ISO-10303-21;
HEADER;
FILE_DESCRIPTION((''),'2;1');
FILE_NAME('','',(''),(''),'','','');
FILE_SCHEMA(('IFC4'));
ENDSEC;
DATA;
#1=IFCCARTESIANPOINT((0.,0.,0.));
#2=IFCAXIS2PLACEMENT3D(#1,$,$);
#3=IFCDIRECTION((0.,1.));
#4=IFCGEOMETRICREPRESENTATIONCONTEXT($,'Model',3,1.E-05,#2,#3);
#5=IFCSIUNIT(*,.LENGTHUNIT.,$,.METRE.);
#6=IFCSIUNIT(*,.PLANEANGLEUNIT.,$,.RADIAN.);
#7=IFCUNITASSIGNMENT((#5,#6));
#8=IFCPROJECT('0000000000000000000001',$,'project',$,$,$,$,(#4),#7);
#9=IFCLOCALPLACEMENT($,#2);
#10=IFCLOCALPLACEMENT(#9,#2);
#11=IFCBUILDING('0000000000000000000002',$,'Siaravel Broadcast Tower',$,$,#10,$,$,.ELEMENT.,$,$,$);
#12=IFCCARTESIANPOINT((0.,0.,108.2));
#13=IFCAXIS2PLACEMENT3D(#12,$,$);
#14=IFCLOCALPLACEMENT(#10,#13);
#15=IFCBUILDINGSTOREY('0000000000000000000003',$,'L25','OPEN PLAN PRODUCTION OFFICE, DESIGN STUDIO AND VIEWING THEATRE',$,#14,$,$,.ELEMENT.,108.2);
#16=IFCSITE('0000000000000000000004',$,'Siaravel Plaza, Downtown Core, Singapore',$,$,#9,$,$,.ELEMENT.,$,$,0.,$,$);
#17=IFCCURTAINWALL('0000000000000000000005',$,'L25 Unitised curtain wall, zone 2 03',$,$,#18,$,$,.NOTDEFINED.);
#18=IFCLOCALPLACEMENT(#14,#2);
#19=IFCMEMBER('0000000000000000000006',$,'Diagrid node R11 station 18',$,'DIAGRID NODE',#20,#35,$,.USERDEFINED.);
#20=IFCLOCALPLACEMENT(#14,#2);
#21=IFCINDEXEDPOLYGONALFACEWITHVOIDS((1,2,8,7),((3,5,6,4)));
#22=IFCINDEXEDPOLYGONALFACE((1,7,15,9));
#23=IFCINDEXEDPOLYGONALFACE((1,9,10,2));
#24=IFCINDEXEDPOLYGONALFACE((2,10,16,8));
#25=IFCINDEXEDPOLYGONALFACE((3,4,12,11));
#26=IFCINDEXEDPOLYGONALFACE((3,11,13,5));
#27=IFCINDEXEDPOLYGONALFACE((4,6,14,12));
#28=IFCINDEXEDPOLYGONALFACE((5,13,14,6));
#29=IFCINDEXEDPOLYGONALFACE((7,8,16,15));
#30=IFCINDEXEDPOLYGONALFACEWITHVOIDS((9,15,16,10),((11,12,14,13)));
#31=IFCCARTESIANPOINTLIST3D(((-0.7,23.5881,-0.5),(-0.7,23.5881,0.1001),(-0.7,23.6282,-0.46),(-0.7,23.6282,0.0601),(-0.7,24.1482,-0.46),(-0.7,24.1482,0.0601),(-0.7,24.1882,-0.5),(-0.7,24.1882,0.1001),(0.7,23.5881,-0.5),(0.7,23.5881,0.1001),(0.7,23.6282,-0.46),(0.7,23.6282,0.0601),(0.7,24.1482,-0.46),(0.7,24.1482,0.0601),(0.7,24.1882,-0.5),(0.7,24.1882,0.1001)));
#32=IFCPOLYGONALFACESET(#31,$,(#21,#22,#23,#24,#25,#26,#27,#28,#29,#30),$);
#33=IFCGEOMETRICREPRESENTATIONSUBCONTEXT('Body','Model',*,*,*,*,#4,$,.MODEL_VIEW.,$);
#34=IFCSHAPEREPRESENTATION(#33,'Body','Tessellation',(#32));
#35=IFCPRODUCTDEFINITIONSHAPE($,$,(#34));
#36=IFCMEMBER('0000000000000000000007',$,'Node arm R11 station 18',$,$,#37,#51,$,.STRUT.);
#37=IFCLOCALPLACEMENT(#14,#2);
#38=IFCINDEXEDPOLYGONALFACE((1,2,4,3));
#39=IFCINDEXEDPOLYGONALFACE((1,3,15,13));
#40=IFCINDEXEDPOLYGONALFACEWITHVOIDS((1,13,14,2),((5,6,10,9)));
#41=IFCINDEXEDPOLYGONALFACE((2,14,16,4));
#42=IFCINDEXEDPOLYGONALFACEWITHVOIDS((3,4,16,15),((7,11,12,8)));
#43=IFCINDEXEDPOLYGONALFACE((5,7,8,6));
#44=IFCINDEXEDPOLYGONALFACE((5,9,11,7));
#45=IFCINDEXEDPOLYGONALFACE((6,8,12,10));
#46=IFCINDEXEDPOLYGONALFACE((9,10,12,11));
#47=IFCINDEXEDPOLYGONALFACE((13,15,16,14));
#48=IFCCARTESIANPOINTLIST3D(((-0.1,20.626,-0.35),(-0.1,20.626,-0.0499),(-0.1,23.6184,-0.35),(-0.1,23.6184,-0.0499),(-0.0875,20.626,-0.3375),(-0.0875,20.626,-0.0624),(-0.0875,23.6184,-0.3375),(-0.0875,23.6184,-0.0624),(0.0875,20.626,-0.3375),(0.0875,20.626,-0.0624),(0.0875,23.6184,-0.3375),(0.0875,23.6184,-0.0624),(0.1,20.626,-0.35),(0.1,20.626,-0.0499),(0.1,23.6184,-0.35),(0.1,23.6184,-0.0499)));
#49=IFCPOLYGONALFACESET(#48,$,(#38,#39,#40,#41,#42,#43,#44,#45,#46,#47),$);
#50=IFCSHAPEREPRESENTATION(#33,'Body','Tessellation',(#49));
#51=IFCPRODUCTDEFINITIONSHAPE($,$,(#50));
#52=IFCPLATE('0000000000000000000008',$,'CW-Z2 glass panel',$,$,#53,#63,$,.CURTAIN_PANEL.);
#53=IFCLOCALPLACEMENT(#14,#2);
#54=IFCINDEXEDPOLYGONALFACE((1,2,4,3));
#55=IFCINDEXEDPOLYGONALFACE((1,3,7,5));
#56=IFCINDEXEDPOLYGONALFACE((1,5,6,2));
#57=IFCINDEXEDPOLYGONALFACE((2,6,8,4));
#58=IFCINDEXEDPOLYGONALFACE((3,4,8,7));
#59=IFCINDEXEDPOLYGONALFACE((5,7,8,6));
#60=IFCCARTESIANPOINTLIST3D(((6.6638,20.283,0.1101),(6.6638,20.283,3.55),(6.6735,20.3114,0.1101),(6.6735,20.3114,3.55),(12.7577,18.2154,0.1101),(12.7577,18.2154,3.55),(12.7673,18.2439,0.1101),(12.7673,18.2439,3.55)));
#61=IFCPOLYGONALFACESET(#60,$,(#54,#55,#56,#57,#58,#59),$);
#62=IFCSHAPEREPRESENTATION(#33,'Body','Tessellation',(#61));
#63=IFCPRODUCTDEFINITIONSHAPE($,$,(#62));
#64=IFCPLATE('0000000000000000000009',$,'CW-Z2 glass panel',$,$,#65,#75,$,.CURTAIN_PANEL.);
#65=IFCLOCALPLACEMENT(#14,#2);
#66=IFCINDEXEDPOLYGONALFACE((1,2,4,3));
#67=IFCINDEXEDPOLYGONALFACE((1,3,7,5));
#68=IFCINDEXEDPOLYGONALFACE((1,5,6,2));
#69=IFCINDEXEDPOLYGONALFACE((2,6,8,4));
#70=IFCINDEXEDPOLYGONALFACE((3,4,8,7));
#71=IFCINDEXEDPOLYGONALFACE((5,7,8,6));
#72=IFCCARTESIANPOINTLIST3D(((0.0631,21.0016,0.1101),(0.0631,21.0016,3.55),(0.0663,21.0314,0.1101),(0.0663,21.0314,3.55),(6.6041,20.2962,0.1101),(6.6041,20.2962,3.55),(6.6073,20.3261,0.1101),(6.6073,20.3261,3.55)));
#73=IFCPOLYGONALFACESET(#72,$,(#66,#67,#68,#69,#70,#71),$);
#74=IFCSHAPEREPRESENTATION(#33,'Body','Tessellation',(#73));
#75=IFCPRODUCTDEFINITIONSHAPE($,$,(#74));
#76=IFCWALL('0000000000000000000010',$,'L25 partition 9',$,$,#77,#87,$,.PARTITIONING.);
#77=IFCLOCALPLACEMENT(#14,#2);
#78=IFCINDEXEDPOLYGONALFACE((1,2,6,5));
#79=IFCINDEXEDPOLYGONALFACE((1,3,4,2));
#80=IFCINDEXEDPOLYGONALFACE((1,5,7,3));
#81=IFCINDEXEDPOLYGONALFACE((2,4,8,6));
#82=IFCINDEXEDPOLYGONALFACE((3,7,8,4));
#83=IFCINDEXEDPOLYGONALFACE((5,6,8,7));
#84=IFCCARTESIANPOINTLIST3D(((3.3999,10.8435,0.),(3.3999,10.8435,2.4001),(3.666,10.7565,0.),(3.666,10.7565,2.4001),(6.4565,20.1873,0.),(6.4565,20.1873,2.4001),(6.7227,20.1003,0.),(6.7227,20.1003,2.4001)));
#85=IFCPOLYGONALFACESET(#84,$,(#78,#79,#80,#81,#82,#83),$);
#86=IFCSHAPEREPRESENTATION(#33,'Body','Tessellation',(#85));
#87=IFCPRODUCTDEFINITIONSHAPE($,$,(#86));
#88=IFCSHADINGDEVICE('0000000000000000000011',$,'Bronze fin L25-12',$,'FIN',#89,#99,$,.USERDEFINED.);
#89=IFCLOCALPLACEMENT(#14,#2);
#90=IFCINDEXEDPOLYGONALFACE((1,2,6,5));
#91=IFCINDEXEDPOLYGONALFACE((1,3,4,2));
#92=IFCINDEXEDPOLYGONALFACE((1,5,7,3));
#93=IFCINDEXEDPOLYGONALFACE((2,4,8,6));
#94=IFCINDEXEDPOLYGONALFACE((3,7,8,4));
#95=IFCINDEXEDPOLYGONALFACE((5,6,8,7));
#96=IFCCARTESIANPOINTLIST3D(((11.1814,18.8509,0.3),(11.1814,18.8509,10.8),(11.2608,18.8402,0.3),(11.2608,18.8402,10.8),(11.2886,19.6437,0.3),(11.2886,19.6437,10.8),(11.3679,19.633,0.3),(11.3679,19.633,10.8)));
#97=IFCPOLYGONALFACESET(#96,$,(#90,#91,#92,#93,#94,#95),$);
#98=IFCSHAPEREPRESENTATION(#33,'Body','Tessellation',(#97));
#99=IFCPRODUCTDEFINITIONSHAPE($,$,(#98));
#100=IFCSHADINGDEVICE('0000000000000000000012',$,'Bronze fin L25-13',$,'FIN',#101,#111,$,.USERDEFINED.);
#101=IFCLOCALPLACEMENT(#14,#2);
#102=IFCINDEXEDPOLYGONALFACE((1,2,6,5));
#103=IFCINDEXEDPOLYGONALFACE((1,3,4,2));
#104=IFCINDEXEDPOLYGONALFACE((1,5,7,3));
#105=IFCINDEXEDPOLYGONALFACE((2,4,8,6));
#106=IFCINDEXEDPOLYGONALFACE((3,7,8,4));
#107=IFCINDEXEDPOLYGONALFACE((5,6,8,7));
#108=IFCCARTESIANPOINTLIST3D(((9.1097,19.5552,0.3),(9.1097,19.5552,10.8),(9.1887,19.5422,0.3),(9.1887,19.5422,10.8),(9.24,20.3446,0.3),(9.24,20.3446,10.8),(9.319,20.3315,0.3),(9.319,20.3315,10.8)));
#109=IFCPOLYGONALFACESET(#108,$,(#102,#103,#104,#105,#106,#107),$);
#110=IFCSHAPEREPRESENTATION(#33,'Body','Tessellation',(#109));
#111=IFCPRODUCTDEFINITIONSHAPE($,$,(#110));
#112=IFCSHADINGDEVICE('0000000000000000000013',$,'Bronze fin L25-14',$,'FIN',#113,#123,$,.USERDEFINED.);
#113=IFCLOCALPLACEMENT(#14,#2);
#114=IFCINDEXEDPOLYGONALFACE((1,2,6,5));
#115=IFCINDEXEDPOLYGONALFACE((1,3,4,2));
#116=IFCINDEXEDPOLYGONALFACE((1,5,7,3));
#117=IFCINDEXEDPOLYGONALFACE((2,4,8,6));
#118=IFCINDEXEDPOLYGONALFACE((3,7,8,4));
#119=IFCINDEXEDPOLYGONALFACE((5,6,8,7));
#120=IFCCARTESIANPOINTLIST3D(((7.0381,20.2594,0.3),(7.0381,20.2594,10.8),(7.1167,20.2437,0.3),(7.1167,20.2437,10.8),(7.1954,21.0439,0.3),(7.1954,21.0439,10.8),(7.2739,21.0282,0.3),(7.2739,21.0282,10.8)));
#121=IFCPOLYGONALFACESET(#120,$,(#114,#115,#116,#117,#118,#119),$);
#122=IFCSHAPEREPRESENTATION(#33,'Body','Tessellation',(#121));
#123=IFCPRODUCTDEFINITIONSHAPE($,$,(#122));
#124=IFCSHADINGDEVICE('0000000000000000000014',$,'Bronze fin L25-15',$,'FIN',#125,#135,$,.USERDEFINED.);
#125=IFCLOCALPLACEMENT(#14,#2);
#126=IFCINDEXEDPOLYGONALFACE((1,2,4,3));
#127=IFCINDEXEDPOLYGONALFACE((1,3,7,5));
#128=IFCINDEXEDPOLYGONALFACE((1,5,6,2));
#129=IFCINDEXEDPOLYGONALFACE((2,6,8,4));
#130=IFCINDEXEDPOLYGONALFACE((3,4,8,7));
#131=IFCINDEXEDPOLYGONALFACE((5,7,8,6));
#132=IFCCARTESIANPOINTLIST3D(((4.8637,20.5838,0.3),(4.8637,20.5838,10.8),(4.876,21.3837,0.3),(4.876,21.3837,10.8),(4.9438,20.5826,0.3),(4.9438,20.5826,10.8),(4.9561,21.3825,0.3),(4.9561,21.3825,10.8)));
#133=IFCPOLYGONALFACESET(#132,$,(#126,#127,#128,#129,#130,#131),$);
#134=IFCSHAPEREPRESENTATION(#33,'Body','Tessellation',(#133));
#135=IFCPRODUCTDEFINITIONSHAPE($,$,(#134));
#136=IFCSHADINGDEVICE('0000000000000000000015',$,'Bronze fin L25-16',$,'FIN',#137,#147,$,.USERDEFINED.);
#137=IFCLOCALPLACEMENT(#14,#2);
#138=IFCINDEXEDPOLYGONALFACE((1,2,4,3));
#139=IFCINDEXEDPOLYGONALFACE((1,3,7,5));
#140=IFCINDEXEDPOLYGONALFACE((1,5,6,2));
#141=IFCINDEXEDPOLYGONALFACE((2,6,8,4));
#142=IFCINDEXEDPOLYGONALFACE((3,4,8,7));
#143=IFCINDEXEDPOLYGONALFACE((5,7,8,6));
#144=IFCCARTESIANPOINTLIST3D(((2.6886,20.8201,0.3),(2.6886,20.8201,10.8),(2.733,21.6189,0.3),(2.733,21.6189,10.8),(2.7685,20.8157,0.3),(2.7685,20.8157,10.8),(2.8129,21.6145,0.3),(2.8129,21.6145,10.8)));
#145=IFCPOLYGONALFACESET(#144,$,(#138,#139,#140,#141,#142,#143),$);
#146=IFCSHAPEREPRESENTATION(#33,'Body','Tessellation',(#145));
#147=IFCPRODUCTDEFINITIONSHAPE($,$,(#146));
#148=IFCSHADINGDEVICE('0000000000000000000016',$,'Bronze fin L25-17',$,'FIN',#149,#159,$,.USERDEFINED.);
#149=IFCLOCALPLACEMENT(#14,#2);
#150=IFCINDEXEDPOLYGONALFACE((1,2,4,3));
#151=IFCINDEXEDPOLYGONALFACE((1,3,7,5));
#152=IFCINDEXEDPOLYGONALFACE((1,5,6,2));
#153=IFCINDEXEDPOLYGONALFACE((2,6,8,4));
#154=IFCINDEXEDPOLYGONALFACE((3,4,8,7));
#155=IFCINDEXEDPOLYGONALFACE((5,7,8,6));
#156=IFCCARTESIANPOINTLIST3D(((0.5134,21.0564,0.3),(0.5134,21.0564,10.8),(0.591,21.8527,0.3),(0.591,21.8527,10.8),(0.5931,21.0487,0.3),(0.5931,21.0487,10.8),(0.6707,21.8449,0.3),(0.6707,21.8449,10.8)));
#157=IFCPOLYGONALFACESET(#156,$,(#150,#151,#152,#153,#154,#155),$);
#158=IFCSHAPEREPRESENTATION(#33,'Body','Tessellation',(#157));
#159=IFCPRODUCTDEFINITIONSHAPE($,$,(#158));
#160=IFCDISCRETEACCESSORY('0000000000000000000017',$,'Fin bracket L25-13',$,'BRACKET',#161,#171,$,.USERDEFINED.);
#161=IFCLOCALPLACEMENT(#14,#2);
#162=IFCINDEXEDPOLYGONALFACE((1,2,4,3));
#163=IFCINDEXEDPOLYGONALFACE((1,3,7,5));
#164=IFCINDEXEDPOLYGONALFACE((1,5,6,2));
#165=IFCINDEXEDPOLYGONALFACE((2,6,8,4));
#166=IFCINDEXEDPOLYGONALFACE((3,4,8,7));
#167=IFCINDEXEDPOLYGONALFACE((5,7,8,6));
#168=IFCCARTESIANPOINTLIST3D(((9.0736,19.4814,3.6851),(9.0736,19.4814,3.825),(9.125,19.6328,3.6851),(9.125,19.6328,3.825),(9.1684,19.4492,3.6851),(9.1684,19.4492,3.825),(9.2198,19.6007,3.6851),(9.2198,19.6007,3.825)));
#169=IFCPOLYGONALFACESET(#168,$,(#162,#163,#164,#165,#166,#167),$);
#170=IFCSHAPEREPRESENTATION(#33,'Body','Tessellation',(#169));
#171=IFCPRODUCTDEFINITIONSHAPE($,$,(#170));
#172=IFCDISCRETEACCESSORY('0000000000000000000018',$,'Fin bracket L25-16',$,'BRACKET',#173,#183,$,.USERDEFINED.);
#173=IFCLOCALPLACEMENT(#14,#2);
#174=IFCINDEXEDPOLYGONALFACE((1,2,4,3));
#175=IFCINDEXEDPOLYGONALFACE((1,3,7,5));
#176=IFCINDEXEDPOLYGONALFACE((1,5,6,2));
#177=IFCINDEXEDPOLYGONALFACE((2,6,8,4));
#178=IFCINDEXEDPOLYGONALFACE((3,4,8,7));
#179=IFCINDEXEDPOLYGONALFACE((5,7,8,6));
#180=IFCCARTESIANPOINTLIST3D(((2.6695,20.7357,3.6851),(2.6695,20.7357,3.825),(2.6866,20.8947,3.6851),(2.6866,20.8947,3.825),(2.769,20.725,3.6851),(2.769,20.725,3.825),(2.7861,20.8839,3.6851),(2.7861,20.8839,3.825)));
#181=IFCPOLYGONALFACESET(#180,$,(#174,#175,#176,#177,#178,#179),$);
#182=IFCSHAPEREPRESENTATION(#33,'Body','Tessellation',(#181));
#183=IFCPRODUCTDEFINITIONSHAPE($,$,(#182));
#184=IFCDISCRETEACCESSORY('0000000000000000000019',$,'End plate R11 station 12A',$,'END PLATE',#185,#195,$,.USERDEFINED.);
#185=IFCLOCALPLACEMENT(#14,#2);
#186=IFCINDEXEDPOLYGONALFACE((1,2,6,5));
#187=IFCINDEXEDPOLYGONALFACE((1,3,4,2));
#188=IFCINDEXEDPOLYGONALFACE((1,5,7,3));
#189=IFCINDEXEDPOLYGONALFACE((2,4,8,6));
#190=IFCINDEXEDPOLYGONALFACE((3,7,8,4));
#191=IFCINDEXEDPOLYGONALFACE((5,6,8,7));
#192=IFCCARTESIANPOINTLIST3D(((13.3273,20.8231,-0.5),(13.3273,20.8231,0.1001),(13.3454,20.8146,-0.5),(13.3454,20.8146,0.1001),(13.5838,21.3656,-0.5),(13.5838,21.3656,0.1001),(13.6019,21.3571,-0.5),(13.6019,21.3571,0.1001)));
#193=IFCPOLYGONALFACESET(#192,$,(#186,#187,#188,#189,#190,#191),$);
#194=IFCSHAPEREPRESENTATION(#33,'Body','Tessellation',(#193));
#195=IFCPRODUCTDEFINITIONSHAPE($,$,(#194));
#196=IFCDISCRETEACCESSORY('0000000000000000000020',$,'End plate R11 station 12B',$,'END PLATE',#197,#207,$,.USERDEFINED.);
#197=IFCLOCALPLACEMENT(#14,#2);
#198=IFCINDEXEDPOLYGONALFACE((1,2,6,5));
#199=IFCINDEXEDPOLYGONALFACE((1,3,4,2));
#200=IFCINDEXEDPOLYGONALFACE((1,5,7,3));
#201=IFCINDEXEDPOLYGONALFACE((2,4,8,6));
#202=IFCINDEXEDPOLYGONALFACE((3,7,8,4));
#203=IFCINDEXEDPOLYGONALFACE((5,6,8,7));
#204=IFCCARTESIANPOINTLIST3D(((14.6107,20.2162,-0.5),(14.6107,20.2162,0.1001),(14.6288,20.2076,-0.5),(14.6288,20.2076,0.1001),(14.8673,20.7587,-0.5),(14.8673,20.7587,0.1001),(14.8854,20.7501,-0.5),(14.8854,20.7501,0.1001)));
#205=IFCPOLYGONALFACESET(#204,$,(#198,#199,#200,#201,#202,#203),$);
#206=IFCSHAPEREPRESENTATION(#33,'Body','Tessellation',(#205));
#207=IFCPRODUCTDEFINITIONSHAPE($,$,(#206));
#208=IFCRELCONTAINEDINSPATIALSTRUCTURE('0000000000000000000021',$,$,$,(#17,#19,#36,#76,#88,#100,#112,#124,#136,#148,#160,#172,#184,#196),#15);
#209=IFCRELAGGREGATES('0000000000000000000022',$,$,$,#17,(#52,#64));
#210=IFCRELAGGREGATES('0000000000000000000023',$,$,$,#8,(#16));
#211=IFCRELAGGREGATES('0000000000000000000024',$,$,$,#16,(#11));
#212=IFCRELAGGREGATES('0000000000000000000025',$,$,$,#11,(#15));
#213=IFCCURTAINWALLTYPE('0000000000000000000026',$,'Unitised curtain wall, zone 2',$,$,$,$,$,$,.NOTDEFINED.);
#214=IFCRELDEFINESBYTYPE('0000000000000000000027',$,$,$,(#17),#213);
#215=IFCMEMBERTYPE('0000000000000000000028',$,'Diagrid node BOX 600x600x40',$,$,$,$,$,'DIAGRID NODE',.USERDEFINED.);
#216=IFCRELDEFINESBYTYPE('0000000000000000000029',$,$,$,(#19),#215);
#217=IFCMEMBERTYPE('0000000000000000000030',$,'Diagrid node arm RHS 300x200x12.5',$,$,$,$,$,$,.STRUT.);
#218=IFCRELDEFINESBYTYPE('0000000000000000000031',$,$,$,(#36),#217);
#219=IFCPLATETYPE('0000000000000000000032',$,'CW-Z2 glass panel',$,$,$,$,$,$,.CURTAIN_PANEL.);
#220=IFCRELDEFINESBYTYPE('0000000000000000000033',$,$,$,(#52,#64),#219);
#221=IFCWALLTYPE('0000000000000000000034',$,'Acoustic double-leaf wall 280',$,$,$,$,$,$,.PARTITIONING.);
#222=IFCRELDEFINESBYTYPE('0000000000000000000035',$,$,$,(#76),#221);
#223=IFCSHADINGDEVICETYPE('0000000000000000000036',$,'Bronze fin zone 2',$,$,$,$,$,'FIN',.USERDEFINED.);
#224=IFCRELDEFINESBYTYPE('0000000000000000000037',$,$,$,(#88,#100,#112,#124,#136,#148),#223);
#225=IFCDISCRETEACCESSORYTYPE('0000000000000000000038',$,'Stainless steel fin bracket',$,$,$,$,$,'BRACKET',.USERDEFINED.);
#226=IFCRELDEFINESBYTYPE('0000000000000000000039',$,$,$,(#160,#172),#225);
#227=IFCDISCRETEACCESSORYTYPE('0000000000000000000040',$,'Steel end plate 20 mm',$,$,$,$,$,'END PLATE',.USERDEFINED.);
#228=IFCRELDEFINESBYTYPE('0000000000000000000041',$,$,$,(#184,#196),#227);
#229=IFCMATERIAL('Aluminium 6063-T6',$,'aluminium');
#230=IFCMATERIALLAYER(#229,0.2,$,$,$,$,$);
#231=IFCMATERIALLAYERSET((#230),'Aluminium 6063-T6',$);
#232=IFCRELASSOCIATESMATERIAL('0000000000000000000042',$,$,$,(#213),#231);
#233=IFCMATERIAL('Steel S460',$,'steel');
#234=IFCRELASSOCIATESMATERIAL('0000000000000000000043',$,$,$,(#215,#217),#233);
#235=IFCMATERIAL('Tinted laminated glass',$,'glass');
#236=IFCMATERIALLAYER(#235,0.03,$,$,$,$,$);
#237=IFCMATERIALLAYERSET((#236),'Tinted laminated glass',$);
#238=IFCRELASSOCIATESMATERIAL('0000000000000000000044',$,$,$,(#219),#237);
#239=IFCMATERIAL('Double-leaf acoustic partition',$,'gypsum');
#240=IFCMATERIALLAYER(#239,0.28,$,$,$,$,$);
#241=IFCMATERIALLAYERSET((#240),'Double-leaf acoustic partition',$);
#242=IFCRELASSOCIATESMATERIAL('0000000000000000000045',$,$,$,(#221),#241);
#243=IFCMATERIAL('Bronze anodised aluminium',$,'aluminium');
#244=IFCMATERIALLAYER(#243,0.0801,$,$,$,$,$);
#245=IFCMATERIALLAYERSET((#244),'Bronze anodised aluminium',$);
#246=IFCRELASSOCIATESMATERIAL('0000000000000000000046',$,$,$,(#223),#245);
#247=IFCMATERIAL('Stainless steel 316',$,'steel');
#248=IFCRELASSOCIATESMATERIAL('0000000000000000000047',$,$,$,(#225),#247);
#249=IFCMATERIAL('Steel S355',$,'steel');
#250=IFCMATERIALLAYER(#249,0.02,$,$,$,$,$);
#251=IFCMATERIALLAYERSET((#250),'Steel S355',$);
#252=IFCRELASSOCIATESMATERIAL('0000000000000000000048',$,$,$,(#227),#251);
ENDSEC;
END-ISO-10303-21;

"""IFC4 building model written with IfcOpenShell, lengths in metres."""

from ifc_helpers import new_model, si_unit, direction, frame, frame_2d, origin, origin_2d, place, context, subcontext, project, spatial, rectangle, hollow_rectangle, extrude, material, layer, layer_set, material_profile, profile_set, type_object, element, aggregate, save


model = new_model("IFC4")

# Units and contexts
model_context = context("Model", 3, precision=1e-05, world=origin(), true_north=direction((0.0, 1.0)))
body_context = subcontext(model_context, "Body", "Model", "MODEL_VIEW")
ifc_project = project(units=[si_unit("LENGTHUNIT", "METRE"), si_unit("PLANEANGLEUNIT", "RADIAN")], contexts=[model_context])

# Site, building, storey
site_placement = place(None, origin())
site = spatial("IfcSite", under=ifc_project, at=site_placement, Name="Siaravel Plaza, Downtown Core, Singapore", CompositionType="ELEMENT", RefElevation=0.0)
building_placement = place(site_placement, origin())
building = spatial("IfcBuilding", under=site, at=building_placement, Name="Siaravel Broadcast Tower", CompositionType="ELEMENT")
storey_placement = place(building_placement, frame((0.0, 0.0, 108.2)))
storey = spatial("IfcBuildingStorey", under=building, at=storey_placement, Name="L25", Description="OPEN PLAN PRODUCTION OFFICE, DESIGN STUDIO AND VIEWING THEATRE", CompositionType="ELEMENT", Elevation=108.2)

# Shared definitions
ifc_material_1 = material(Name="Steel S355", Category="steel")

# Curtain wall
ifc_material_2 = material(Name="Aluminium 6063-T6", Category="aluminium")
ifc_layer_1 = layer(ifc_material_2, 0.2)
ifc_layer_set_1 = layer_set([ifc_layer_1], Name="Aluminium 6063-T6")
curtain_wall_type = type_object("IfcCurtainWallType", Name="Unitised curtain wall, zone 2", PredefinedType="NOTDEFINED", material=ifc_layer_set_1)
curtain_wall_placement = place(storey_placement, origin())
curtain_wall = element("IfcCurtainWall", 1, at=curtain_wall_placement, inside=storey, type_object=curtain_wall_type, Name="L25 Unitised curtain wall, zone 2 03", PredefinedType="NOTDEFINED")

# Members
ifc_material_3 = material(Name="Steel S460", Category="steel")
ifc_material_profile_1 = material_profile(ifc_material_3, hollow_rectangle(XDim=0.6001, YDim=0.6001, WallThickness=0.04, at=origin_2d()))
ifc_profile_set_1 = profile_set([ifc_material_profile_1], Name="Steel S460")
member_type_1 = type_object("IfcMemberType", Name="Diagrid node BOX 600x600x40", ElementType="DIAGRID NODE", PredefinedType="USERDEFINED", material=ifc_profile_set_1)
member_1_placement = place(storey_placement, frame((0.7, 23.8882, -0.2), z_axis=(-1.0, 0.0, 0.0), x_axis=(0.0, -1.0, 0.0)))
element("IfcMember", 2, at=member_1_placement, inside=storey, type_object=member_type_1, Name="Diagrid node R11 station 18", ObjectType="DIAGRID NODE", PredefinedType="USERDEFINED", context=body_context, shape_type="SweptSolid", body=[
    extrude(hollow_rectangle(XDim=0.6001, YDim=0.6001, WallThickness=0.04, at=origin_2d()), origin(), (0.0, 0.0, 1.0), 1.3999),
])
ifc_material_profile_2 = material_profile(ifc_material_3, hollow_rectangle(XDim=0.2, YDim=0.3, WallThickness=0.0125, at=origin_2d()))
ifc_profile_set_2 = profile_set([ifc_material_profile_2], Name="Steel S460")
member_type_2 = type_object("IfcMemberType", Name="Diagrid node arm RHS 300x200x12.5", PredefinedType="STRUT", material=ifc_profile_set_2)
member_2_placement = place(storey_placement, frame((0.0, 20.626, -0.2), z_axis=(0.0, 1.0, 0.0), x_axis=(-1.0, 0.0, 0.0)))
element("IfcMember", 3, at=member_2_placement, inside=storey, type_object=member_type_2, Name="Node arm R11 station 18", PredefinedType="STRUT", context=body_context, shape_type="SweptSolid", body=[
    extrude(hollow_rectangle(XDim=0.2, YDim=0.3, WallThickness=0.0125, at=origin_2d()), origin(), (0.0, 0.0, 1.0), 2.9924),
])

# Plates
ifc_material_4 = material(Name="Tinted laminated glass", Category="glass")
ifc_layer_2 = layer(ifc_material_4, 0.03)
ifc_layer_set_2 = layer_set([ifc_layer_2], Name="Tinted laminated glass")
plate_type = type_object("IfcPlateType", Name="CW-Z2 glass panel", PredefinedType="CURTAIN_PANEL", material=ifc_layer_set_2)
plate_1_placement = place(storey_placement, frame((9.7156, 19.2634, 0.1101), z_axis=(0.0, 0.0, 1.0), x_axis=(-0.946977, 0.321301, 0.0)))
plate_1 = element("IfcPlate", 4, at=plate_1_placement, type_object=plate_type, Name="CW-Z2 glass panel", PredefinedType="CURTAIN_PANEL", context=body_context, shape_type="SweptSolid", body=[
    extrude(rectangle(XDim=6.4351, YDim=0.03, at=origin_2d()), origin(), (0.0, 0.0, 1.0), 3.4399),
])
plate_2_placement = place(storey_placement, frame((3.3352, 20.6638, 0.1101), z_axis=(0.0, 0.0, 1.0), x_axis=(-0.994236, 0.107217, 0.0)))
plate_2 = element("IfcPlate", 5, at=plate_2_placement, type_object=plate_type, Name="CW-Z2 glass panel", PredefinedType="CURTAIN_PANEL", context=body_context, shape_type="SweptSolid", body=[
    extrude(rectangle(XDim=6.5789, YDim=0.03, at=origin_2d()), origin(), (0.0, 0.0, 1.0), 3.4399),
])
aggregate(curtain_wall, [plate_1, plate_2])

# Wall
ifc_material_5 = material(Name="Double-leaf acoustic partition", Category="gypsum")
ifc_layer_3 = layer(ifc_material_5, 0.28)
ifc_layer_set_3 = layer_set([ifc_layer_3], Name="Double-leaf acoustic partition")
wall_type = type_object("IfcWallType", Name="Acoustic double-leaf wall 280", PredefinedType="PARTITIONING", material=ifc_layer_set_3)
wall_placement = place(storey_placement, frame((6.5896, 20.1438, 0.0), z_axis=(0.0, 0.0, 1.0), x_axis=(-0.310918, -0.950437, 0.0)))
element("IfcWall", 6, at=wall_placement, inside=storey, type_object=wall_type, Name="L25 partition 9", PredefinedType="PARTITIONING", context=body_context, shape_type="SweptSolid", body=[
    extrude(rectangle(XDim=9.8311, YDim=0.28, at=frame_2d((4.9155, 0.0))), origin(), (0.0, 0.0, 1.0), 2.4001),
])

# Shading devices
ifc_material_6 = material(Name="Bronze anodised aluminium", Category="aluminium")
ifc_layer_4 = layer(ifc_material_6, 0.0801)
ifc_layer_set_4 = layer_set([ifc_layer_4], Name="Bronze anodised aluminium")
shading_device_type = type_object("IfcShadingDeviceType", Name="Bronze fin zone 2", ElementType="FIN", PredefinedType="USERDEFINED", material=ifc_layer_set_4)
for number, where, z_axis, x_axis, name in (
    (7, (11.2747, 19.2419, 0.3), (0.0, 0.0, 1.0), (0.133929, 0.990991, 0.0), "Bronze fin L25-12"),
    (8, (9.2144, 19.9434, 0.3), (0.0, 0.0, 1.0), (0.162889, 0.986644, 0.0), "Bronze fin L25-13"),
    (9, (7.156, 20.6438, 0.3), (0.0, 0.0, 1.0), (0.196506, 0.980503, 0.0), "Bronze fin L25-14"),
    (10, (4.9099, 20.9832, 0.3), (0.0, 0.0, 1.0), (0.015357, 0.999882, 0.0), "Bronze fin L25-15"),
    (11, (2.7507, 21.2173, 0.3), (0.0, 0.0, 1.0), (0.05549, 0.998459, 0.0), "Bronze fin L25-16"),
    (12, (0.592, 21.4507, 0.3), (0.0, 0.0, 1.0), (0.096893, 0.995295, 0.0), "Bronze fin L25-17"),
):
    element("IfcShadingDevice", number, at=place(storey_placement, frame(where, z_axis=z_axis, x_axis=x_axis)), inside=storey, type_object=shading_device_type, Name=name, ObjectType="FIN", PredefinedType="USERDEFINED", context=body_context, shape_type="SweptSolid", body=[
        extrude(rectangle(XDim=0.8, YDim=0.0801, at=origin_2d()), origin(), (0.0, 0.0, 1.0), 10.5),
    ])

# Discrete accessories
ifc_material_7 = material(Name="Stainless steel 316", Category="steel")
discrete_accessory_type_1 = type_object("IfcDiscreteAccessoryType", Name="Stainless steel fin bracket", ElementType="BRACKET", PredefinedType="USERDEFINED", material=ifc_material_7)
for number, where, z_axis, x_axis, name in (
    (13, (9.1467, 19.541, 3.6851), (0.0, 0.0, 1.0), (0.321301, 0.946977, 0.0), "Fin bracket L25-13"),
    (14, (2.7278, 20.8098, 3.6851), (0.0, 0.0, 1.0), (0.107217, 0.994236, 0.0), "Fin bracket L25-16"),
):
    element("IfcDiscreteAccessory", number, at=place(storey_placement, frame(where, z_axis=z_axis, x_axis=x_axis)), inside=storey, type_object=discrete_accessory_type_1, Name=name, ObjectType="BRACKET", PredefinedType="USERDEFINED", context=body_context, shape_type="SweptSolid", body=[
        extrude(rectangle(XDim=0.1599, YDim=0.1001, at=origin_2d()), origin(), (0.0, 0.0, 1.0), 0.1399),
    ])
ifc_layer_5 = layer(ifc_material_1, 0.02)
ifc_layer_set_5 = layer_set([ifc_layer_5], Name="Steel S355")
discrete_accessory_type_2 = type_object("IfcDiscreteAccessoryType", Name="Steel end plate 20 mm", ElementType="END PLATE", PredefinedType="USERDEFINED", material=ifc_layer_set_5)
for number, where, z_axis, x_axis, name in (
    (15, (13.4646, 21.0901, -0.5), (0.0, 0.0, 1.0), (-0.904007, 0.427517, 0.0), "End plate R11 station 12A"),
    (16, (14.748, 20.4832, -0.5), (0.0, 0.0, 1.0), (-0.904007, 0.427517, 0.0), "End plate R11 station 12B"),
):
    element("IfcDiscreteAccessory", number, at=place(storey_placement, frame(where, z_axis=z_axis, x_axis=x_axis)), inside=storey, type_object=discrete_accessory_type_2, Name=name, ObjectType="END PLATE", PredefinedType="USERDEFINED", context=body_context, shape_type="SweptSolid", body=[
        extrude(rectangle(XDim=0.02, YDim=0.6001, at=origin_2d()), origin(), (0.0, 0.0, 1.0), 0.6001),
    ])

save(model, "model.ifc")
